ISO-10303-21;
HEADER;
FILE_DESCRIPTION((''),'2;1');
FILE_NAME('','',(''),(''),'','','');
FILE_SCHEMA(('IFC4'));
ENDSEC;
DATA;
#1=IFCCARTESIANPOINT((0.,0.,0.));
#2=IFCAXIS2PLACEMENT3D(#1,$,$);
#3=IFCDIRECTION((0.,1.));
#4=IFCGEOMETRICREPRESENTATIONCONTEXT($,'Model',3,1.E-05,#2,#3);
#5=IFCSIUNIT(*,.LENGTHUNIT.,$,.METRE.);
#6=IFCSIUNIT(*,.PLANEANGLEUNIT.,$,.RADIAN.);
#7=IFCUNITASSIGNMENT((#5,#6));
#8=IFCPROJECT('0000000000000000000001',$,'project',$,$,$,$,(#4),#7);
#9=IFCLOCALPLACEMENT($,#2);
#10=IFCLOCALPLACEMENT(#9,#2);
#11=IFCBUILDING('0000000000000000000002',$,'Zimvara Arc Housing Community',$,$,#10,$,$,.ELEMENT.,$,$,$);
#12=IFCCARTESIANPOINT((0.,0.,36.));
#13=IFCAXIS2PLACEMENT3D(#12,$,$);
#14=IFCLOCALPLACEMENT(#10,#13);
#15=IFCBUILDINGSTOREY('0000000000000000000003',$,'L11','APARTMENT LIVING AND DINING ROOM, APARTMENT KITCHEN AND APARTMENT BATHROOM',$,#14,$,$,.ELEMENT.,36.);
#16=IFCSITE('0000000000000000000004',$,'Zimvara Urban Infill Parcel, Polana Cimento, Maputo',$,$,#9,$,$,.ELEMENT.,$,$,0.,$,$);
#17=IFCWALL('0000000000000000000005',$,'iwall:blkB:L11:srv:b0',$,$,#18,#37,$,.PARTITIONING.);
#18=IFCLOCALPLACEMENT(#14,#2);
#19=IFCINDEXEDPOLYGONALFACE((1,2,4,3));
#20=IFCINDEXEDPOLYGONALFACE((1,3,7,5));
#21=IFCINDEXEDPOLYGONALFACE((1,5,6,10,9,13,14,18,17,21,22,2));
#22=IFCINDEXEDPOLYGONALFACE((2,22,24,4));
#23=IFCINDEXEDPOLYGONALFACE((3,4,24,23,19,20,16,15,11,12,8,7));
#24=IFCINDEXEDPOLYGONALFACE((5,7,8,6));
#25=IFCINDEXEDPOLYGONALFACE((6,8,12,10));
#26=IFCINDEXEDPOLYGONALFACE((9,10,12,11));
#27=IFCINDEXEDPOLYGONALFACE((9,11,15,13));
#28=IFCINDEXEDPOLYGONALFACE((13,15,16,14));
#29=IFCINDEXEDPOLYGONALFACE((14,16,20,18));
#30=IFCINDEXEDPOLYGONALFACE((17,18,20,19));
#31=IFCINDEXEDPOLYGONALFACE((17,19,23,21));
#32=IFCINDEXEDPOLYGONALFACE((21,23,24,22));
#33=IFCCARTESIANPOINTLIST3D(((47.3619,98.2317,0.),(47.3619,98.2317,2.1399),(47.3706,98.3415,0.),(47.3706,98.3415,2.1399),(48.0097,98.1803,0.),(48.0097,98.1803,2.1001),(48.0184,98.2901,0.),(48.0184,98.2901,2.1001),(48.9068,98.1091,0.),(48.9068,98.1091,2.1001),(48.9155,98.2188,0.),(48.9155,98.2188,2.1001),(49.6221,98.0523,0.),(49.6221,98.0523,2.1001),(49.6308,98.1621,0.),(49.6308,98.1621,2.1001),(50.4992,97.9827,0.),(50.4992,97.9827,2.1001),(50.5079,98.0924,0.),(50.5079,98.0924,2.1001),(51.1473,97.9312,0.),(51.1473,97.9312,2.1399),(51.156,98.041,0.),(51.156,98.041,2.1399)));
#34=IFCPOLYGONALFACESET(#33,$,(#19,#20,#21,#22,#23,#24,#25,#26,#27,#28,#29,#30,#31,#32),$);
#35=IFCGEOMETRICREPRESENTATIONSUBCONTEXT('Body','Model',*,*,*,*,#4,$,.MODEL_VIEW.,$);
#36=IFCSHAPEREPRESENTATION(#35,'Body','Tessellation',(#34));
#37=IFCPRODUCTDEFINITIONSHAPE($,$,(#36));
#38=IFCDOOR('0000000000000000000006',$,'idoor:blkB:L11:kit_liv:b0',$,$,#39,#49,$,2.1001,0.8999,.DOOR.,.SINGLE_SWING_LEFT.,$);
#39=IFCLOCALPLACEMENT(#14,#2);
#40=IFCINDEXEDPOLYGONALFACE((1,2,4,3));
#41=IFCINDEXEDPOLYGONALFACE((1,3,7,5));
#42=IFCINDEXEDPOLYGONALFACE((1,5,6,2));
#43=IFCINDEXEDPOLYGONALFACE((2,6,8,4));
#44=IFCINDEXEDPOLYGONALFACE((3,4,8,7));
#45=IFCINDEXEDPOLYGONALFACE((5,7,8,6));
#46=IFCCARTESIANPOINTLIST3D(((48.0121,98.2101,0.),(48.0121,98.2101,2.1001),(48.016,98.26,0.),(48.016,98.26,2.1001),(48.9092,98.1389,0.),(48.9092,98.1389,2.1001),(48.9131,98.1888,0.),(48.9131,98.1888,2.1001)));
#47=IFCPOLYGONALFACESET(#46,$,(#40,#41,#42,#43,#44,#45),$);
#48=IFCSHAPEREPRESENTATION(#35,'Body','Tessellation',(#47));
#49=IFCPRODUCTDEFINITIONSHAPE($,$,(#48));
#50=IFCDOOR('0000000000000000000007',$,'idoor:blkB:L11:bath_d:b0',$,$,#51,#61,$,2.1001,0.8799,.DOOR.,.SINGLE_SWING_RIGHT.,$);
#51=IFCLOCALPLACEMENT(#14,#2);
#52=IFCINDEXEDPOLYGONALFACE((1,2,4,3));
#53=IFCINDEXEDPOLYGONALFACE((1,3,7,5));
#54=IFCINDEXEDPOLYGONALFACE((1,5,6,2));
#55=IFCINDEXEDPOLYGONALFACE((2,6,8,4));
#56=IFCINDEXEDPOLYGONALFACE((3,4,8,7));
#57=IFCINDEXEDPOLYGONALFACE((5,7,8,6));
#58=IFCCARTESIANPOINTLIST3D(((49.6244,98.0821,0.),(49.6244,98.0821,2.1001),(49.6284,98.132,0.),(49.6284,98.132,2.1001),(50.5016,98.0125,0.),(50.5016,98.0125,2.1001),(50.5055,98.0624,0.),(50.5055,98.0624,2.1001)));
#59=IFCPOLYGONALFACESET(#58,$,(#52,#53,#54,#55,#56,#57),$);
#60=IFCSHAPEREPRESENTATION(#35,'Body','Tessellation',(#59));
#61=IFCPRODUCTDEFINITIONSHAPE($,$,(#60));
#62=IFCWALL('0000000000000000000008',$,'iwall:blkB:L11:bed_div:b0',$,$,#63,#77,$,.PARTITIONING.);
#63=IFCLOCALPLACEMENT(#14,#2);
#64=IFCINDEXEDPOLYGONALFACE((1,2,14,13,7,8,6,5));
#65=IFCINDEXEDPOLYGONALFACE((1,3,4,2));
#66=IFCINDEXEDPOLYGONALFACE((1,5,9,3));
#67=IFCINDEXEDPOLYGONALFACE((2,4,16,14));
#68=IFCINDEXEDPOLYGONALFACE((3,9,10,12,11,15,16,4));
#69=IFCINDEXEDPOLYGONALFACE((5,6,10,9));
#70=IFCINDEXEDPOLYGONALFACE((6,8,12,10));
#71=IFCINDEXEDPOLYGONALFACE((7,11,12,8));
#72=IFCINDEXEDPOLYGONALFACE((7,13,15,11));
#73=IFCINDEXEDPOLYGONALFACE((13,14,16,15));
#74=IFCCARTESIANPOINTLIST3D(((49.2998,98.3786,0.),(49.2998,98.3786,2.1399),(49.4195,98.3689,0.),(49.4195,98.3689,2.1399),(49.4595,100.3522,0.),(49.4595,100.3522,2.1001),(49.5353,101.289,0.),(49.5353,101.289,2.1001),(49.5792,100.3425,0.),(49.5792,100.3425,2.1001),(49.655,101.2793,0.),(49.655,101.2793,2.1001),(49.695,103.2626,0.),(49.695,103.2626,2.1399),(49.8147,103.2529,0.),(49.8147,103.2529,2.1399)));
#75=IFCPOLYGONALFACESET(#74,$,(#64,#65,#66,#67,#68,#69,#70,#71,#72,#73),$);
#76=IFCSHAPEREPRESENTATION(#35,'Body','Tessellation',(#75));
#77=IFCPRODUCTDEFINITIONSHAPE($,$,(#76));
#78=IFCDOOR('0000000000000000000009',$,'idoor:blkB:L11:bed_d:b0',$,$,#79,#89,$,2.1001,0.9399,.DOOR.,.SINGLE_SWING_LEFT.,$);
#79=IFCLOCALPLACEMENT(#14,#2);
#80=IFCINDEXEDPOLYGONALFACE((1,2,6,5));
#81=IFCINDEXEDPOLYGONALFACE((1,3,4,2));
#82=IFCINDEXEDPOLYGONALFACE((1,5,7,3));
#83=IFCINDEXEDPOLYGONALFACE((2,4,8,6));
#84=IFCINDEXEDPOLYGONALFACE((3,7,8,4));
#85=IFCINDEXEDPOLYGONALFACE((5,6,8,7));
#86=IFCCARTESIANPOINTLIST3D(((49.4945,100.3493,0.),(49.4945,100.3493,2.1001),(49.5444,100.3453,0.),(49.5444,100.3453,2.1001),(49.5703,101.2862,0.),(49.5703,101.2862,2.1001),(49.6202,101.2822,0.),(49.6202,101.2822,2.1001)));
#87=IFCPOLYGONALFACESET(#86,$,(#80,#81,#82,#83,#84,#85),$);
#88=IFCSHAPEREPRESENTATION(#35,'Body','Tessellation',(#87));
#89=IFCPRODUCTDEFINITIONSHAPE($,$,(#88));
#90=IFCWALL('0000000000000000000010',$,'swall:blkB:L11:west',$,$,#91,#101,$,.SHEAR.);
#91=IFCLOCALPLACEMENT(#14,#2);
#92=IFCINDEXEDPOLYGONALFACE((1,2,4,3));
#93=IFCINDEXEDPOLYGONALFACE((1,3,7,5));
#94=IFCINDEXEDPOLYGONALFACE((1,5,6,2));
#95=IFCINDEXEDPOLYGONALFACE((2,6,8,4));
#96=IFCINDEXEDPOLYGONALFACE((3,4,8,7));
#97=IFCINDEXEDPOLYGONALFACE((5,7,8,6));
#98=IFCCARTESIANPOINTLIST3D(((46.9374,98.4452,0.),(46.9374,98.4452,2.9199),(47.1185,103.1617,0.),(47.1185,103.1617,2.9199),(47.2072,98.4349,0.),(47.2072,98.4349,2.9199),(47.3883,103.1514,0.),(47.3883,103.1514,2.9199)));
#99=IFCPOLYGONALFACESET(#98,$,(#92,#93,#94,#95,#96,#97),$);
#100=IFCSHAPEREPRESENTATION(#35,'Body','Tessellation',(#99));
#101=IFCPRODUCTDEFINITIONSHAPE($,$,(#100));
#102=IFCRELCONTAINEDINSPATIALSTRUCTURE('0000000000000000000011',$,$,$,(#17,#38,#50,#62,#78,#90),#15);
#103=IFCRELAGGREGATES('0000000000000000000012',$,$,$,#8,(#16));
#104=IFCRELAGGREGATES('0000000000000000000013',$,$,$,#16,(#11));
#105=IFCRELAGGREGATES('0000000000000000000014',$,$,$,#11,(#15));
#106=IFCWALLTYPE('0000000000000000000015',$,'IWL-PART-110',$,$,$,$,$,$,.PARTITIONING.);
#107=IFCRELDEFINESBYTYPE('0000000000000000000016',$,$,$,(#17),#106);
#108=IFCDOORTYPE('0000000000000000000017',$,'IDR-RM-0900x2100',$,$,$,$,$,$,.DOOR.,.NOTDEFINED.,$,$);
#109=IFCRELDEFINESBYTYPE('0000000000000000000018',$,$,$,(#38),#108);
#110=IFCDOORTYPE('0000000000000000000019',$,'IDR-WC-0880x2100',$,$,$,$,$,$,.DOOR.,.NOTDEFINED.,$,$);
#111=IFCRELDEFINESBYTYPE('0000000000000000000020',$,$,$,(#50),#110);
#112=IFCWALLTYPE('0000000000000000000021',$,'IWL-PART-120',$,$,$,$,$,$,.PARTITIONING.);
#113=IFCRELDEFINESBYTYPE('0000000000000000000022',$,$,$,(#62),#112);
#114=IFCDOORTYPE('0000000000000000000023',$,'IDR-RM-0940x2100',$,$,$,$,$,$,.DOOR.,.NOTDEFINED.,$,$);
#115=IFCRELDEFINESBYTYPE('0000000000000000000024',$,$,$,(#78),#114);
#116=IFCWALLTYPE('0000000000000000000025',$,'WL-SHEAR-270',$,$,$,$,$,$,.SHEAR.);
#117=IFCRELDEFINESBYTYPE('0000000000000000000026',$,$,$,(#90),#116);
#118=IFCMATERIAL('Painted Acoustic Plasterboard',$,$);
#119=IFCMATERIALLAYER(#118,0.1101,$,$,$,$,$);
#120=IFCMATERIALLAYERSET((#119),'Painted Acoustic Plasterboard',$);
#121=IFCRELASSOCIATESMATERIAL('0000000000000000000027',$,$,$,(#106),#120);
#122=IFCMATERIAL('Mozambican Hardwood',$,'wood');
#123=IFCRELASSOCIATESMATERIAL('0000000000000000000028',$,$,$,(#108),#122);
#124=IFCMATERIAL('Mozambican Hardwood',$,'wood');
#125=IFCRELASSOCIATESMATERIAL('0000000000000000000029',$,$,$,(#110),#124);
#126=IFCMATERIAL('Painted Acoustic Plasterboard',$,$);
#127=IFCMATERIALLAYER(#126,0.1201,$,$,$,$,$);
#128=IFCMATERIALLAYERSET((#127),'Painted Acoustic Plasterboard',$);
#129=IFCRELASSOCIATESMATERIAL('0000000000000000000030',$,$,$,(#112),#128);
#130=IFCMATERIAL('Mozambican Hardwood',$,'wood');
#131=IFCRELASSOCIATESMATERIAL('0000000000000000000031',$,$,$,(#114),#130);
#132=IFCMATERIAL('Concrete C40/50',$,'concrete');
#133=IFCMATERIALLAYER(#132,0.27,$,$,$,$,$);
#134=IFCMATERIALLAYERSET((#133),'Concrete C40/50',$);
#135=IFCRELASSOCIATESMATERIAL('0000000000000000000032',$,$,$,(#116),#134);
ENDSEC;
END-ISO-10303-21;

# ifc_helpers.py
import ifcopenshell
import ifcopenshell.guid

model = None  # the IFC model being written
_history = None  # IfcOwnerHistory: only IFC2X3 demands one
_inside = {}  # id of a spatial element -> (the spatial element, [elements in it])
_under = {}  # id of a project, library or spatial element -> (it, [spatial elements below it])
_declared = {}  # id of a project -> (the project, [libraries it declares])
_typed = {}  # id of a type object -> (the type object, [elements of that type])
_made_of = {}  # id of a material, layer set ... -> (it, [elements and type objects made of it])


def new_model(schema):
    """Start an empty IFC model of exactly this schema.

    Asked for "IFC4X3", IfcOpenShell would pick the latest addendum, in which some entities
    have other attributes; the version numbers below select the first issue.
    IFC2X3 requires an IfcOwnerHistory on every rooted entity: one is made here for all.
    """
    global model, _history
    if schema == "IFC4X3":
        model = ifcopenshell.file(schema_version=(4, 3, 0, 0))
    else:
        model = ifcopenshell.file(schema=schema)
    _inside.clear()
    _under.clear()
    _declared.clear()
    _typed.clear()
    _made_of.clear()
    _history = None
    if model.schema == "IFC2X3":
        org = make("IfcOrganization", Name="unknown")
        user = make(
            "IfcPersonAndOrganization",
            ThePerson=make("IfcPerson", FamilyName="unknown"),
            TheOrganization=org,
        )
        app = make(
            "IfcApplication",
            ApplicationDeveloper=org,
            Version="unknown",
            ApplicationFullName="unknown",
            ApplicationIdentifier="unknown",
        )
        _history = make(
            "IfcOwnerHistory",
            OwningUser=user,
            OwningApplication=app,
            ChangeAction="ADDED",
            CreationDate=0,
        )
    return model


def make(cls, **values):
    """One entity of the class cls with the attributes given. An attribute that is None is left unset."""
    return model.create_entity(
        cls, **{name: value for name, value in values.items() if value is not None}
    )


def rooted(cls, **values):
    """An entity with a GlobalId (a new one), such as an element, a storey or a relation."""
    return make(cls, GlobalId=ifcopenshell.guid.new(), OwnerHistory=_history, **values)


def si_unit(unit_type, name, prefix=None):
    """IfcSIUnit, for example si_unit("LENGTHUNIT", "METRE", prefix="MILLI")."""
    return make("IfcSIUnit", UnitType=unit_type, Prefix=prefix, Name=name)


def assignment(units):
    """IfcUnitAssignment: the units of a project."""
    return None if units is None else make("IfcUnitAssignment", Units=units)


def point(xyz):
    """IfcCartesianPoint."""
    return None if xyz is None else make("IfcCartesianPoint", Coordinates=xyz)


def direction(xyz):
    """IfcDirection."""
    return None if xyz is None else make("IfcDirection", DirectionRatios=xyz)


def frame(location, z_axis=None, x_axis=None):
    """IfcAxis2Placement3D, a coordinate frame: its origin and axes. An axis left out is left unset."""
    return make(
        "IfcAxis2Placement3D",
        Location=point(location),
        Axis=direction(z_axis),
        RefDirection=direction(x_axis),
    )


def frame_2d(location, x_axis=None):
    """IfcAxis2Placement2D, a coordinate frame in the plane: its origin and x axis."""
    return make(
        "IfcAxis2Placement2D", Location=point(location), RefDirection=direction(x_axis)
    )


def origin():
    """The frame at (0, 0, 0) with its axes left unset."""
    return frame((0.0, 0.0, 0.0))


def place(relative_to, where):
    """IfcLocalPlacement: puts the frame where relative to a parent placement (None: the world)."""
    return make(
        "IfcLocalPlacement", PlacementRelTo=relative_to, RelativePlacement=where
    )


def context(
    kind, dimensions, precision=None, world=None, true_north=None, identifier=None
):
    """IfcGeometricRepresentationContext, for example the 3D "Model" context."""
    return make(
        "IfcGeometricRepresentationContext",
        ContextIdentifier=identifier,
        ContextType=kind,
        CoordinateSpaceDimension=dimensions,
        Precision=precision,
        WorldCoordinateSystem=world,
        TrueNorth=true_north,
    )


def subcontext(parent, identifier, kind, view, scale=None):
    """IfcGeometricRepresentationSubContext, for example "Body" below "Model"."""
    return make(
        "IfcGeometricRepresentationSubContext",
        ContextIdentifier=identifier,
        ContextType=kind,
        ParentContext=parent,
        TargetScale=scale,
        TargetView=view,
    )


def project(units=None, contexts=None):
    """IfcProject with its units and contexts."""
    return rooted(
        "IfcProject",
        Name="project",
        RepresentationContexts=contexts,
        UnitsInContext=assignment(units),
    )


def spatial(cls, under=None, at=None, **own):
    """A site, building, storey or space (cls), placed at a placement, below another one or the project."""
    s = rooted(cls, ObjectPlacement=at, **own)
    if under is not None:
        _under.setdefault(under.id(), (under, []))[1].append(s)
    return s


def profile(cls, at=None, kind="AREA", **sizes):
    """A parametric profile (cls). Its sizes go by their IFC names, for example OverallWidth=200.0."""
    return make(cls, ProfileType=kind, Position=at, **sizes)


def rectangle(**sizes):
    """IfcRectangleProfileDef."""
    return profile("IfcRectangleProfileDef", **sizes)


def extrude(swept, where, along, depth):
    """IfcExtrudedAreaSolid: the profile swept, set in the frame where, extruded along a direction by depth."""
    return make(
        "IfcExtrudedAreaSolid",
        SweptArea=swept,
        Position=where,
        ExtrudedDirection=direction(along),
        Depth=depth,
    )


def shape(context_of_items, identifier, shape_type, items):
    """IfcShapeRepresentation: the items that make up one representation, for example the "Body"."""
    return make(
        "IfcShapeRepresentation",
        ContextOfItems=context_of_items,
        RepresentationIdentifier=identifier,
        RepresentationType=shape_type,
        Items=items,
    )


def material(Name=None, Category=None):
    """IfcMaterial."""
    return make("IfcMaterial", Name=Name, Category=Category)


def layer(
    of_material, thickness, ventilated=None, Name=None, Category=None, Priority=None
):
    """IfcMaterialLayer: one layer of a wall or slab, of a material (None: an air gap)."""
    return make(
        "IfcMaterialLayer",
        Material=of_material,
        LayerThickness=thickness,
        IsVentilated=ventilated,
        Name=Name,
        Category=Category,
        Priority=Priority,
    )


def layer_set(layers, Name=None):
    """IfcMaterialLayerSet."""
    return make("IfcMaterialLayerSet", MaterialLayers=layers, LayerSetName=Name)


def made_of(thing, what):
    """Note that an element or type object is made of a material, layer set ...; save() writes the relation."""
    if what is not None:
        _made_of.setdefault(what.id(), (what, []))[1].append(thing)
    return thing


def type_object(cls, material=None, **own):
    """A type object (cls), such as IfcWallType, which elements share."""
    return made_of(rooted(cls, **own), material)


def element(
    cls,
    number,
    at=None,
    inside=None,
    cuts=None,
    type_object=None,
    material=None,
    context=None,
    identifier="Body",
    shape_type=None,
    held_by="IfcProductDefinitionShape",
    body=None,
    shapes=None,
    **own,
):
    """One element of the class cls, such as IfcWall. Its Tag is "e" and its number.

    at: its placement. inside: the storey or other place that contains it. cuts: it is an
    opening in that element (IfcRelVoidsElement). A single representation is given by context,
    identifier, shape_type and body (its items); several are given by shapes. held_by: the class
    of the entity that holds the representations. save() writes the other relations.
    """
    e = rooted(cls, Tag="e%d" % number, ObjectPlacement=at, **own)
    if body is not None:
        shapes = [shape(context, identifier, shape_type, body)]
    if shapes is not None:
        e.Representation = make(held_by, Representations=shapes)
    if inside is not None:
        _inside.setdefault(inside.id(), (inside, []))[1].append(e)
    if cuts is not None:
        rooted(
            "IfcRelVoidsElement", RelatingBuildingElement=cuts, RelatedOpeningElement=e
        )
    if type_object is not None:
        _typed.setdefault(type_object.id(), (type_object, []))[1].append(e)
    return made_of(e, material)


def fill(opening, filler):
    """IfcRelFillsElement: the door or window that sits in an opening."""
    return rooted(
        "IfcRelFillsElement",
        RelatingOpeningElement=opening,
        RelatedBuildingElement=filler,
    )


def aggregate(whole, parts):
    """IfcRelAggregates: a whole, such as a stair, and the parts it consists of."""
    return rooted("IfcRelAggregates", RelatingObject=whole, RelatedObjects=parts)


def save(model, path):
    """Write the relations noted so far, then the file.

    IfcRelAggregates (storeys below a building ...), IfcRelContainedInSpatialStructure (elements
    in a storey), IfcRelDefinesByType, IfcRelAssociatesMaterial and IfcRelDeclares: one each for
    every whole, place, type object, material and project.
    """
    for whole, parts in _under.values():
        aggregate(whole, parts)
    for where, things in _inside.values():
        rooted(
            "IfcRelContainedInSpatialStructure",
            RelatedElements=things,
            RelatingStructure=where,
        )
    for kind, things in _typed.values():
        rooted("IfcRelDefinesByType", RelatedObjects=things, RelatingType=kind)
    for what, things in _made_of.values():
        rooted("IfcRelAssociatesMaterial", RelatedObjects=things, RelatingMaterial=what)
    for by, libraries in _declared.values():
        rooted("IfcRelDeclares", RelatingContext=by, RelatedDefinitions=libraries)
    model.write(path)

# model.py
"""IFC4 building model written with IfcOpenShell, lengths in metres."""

from ifc_helpers import new_model, si_unit, direction, frame, frame_2d, origin, place, context, subcontext, project, spatial, rectangle, extrude, material, layer, layer_set, type_object, element, fill, save


model = new_model("IFC4")

# Units and contexts
model_context = context("Model", 3, precision=1e-05, world=origin(), true_north=direction((0.0, 1.0)))
body_context = subcontext(model_context, "Body", "Model", "MODEL_VIEW")
ifc_project = project(units=[si_unit("LENGTHUNIT", "METRE"), si_unit("PLANEANGLEUNIT", "RADIAN")], contexts=[model_context])

# Site, building, storey
site_placement = place(None, origin())
site = spatial("IfcSite", under=ifc_project, at=site_placement, Name="Zimvara Urban Infill Parcel, Polana Cimento, Maputo", CompositionType="ELEMENT", RefElevation=0.0)
building_placement = place(site_placement, origin())
building = spatial("IfcBuilding", under=site, at=building_placement, Name="Zimvara Arc Housing Community", CompositionType="ELEMENT")
storey_placement = place(building_placement, frame((0.0, 0.0, 36.0)))
storey = spatial("IfcBuildingStorey", under=building, at=storey_placement, Name="L11", Description="APARTMENT LIVING AND DINING ROOM, APARTMENT KITCHEN AND APARTMENT BATHROOM", CompositionType="ELEMENT", Elevation=36.0)

# Wall, openings, doors
ifc_material_1 = material(Name="Painted Acoustic Plasterboard")
ifc_layer_1 = layer(ifc_material_1, 0.1101)
ifc_layer_set_1 = layer_set([ifc_layer_1], Name="Painted Acoustic Plasterboard")
wall_type_1 = type_object("IfcWallType", Name="IWL-PART-110", PredefinedType="PARTITIONING", material=ifc_layer_set_1)
wall_1_placement = place(storey_placement, frame((47.3662, 98.2866, 0.0), z_axis=(0.0, 0.0, 1.0), x_axis=(0.996863, -0.079145, 0.0)))
wall_1 = element("IfcWall", 1, at=wall_1_placement, inside=storey, type_object=wall_type_1, Name="iwall:blkB:L11:srv:b0", PredefinedType="PARTITIONING", context=body_context, shape_type="SweptSolid", body=[
    extrude(rectangle(XDim=3.7974, YDim=0.1101, at=frame_2d((1.8987, 0.0))), origin(), (0.0, 0.0, 1.0), 2.1399),
])
opening_1_placement = place(wall_1_placement, frame((0.6499, 0.0, 0.0)))
opening_1 = element("IfcOpeningElement", 2, at=opening_1_placement, cuts=wall_1, PredefinedType="OPENING", context=body_context, shape_type="SweptSolid", body=[
    extrude(rectangle(XDim=0.8999, YDim=2.1001, at=frame_2d((0.45, 1.05))), frame((0.0, 0.0649, 0.0), z_axis=(0.0, -1.0, 0.0), x_axis=(1.0, 0.0, 0.0)), (0.0, 0.0, 1.0), 0.1301),
])
opening_2_placement = place(wall_1_placement, frame((2.2673, 0.0, 0.0)))
opening_2 = element("IfcOpeningElement", 3, at=opening_2_placement, cuts=wall_1, PredefinedType="OPENING", context=body_context, shape_type="SweptSolid", body=[
    extrude(rectangle(XDim=0.8799, YDim=2.1001, at=frame_2d((0.4399, 1.05))), frame((0.0, 0.0649, 0.0), z_axis=(0.0, -1.0, 0.0), x_axis=(1.0, 0.0, 0.0)), (0.0, 0.0, 1.0), 0.1301),
])
ifc_material_2 = material(Name="Mozambican Hardwood", Category="wood")
door_type_1 = type_object("IfcDoorType", Name="IDR-RM-0900x2100", OperationType="NOTDEFINED", PredefinedType="DOOR", material=ifc_material_2)
door_1_placement = place(opening_1_placement, origin())
door_1 = element("IfcDoor", 4, at=door_1_placement, inside=storey, type_object=door_type_1, Name="idoor:blkB:L11:kit_liv:b0", OperationType="SINGLE_SWING_LEFT", OverallHeight=2.1001, OverallWidth=0.8999, PredefinedType="DOOR", context=body_context, shape_type="SweptSolid", body=[
    extrude(rectangle(XDim=0.8999, YDim=2.1001, at=frame_2d((0.45, 1.05))), frame((0.0, 0.0249, 0.0), z_axis=(0.0, -1.0, 0.0), x_axis=(1.0, 0.0, 0.0)), (0.0, 0.0, 1.0), 0.05),
])
fill(opening_1, door_1)
ifc_material_3 = material(Name="Mozambican Hardwood", Category="wood")
door_type_2 = type_object("IfcDoorType", Name="IDR-WC-0880x2100", OperationType="NOTDEFINED", PredefinedType="DOOR", material=ifc_material_3)
door_2_placement = place(opening_2_placement, origin())
door_2 = element("IfcDoor", 5, at=door_2_placement, inside=storey, type_object=door_type_2, Name="idoor:blkB:L11:bath_d:b0", OperationType="SINGLE_SWING_RIGHT", OverallHeight=2.1001, OverallWidth=0.8799, PredefinedType="DOOR", context=body_context, shape_type="SweptSolid", body=[
    extrude(rectangle(XDim=0.8799, YDim=2.1001, at=frame_2d((0.4399, 1.05))), frame((0.0, 0.0249, 0.0), z_axis=(0.0, -1.0, 0.0), x_axis=(1.0, 0.0, 0.0)), (0.0, 0.0, 1.0), 0.05),
])
fill(opening_2, door_2)

# Wall, opening, door
ifc_material_4 = material(Name="Painted Acoustic Plasterboard")
ifc_layer_2 = layer(ifc_material_4, 0.1201)
ifc_layer_set_2 = layer_set([ifc_layer_2], Name="Painted Acoustic Plasterboard")
wall_type_2 = type_object("IfcWallType", Name="IWL-PART-120", PredefinedType="PARTITIONING", material=ifc_layer_set_2)
wall_2_placement = place(storey_placement, frame((49.3596, 98.3738, 0.0), z_axis=(0.0, 0.0, 1.0), x_axis=(0.080666, 0.996741, 0.0)))
wall_2 = element("IfcWall", 6, at=wall_2_placement, inside=storey, type_object=wall_type_2, Name="iwall:blkB:L11:bed_div:b0", PredefinedType="PARTITIONING", context=body_context, shape_type="SweptSolid", body=[
    extrude(rectangle(XDim=4.8999, YDim=0.1201, at=frame_2d((2.45, 0.0))), origin(), (0.0, 0.0, 1.0), 2.1399),
])
opening_3_placement = place(wall_2_placement, frame((1.98, 0.0, 0.0)))
opening_3 = element("IfcOpeningElement", 7, at=opening_3_placement, cuts=wall_2, PredefinedType="OPENING", context=body_context, shape_type="SweptSolid", body=[
    extrude(rectangle(XDim=0.9399, YDim=2.1001, at=frame_2d((0.47, 1.05))), frame((0.0, 0.0701, 0.0), z_axis=(0.0, -1.0, 0.0), x_axis=(1.0, 0.0, 0.0)), (0.0, 0.0, 1.0), 0.1401),
])
ifc_material_5 = material(Name="Mozambican Hardwood", Category="wood")
door_type_3 = type_object("IfcDoorType", Name="IDR-RM-0940x2100", OperationType="NOTDEFINED", PredefinedType="DOOR", material=ifc_material_5)
door_3_placement = place(opening_3_placement, origin())
door_3 = element("IfcDoor", 8, at=door_3_placement, inside=storey, type_object=door_type_3, Name="idoor:blkB:L11:bed_d:b0", OperationType="SINGLE_SWING_LEFT", OverallHeight=2.1001, OverallWidth=0.9399, PredefinedType="DOOR", context=body_context, shape_type="SweptSolid", body=[
    extrude(rectangle(XDim=0.9399, YDim=2.1001, at=frame_2d((0.47, 1.05))), frame((0.0, 0.0249, 0.0), z_axis=(0.0, -1.0, 0.0), x_axis=(1.0, 0.0, 0.0)), (0.0, 0.0, 1.0), 0.05),
])
fill(opening_3, door_3)

# Wall
ifc_material_6 = material(Name="Concrete C40/50", Category="concrete")
ifc_layer_3 = layer(ifc_material_6, 0.27)
ifc_layer_set_3 = layer_set([ifc_layer_3], Name="Concrete C40/50")
wall_type_3 = type_object("IfcWallType", Name="WL-SHEAR-270", PredefinedType="SHEAR", material=ifc_layer_set_3)
wall_3_placement = place(storey_placement, frame((47.0723, 98.4402, 0.0), z_axis=(0.0, 0.0, 1.0), x_axis=(0.038379, 0.999263, 0.0)))
element("IfcWall", 9, at=wall_3_placement, inside=storey, type_object=wall_type_3, Name="swall:blkB:L11:west", PredefinedType="SHEAR", context=body_context, shape_type="SweptSolid", body=[
    extrude(rectangle(XDim=4.72, YDim=0.27, at=frame_2d((2.3599, 0.0))), origin(), (0.0, 0.0, 1.0), 2.9199),
])

save(model, "model.ifc")
